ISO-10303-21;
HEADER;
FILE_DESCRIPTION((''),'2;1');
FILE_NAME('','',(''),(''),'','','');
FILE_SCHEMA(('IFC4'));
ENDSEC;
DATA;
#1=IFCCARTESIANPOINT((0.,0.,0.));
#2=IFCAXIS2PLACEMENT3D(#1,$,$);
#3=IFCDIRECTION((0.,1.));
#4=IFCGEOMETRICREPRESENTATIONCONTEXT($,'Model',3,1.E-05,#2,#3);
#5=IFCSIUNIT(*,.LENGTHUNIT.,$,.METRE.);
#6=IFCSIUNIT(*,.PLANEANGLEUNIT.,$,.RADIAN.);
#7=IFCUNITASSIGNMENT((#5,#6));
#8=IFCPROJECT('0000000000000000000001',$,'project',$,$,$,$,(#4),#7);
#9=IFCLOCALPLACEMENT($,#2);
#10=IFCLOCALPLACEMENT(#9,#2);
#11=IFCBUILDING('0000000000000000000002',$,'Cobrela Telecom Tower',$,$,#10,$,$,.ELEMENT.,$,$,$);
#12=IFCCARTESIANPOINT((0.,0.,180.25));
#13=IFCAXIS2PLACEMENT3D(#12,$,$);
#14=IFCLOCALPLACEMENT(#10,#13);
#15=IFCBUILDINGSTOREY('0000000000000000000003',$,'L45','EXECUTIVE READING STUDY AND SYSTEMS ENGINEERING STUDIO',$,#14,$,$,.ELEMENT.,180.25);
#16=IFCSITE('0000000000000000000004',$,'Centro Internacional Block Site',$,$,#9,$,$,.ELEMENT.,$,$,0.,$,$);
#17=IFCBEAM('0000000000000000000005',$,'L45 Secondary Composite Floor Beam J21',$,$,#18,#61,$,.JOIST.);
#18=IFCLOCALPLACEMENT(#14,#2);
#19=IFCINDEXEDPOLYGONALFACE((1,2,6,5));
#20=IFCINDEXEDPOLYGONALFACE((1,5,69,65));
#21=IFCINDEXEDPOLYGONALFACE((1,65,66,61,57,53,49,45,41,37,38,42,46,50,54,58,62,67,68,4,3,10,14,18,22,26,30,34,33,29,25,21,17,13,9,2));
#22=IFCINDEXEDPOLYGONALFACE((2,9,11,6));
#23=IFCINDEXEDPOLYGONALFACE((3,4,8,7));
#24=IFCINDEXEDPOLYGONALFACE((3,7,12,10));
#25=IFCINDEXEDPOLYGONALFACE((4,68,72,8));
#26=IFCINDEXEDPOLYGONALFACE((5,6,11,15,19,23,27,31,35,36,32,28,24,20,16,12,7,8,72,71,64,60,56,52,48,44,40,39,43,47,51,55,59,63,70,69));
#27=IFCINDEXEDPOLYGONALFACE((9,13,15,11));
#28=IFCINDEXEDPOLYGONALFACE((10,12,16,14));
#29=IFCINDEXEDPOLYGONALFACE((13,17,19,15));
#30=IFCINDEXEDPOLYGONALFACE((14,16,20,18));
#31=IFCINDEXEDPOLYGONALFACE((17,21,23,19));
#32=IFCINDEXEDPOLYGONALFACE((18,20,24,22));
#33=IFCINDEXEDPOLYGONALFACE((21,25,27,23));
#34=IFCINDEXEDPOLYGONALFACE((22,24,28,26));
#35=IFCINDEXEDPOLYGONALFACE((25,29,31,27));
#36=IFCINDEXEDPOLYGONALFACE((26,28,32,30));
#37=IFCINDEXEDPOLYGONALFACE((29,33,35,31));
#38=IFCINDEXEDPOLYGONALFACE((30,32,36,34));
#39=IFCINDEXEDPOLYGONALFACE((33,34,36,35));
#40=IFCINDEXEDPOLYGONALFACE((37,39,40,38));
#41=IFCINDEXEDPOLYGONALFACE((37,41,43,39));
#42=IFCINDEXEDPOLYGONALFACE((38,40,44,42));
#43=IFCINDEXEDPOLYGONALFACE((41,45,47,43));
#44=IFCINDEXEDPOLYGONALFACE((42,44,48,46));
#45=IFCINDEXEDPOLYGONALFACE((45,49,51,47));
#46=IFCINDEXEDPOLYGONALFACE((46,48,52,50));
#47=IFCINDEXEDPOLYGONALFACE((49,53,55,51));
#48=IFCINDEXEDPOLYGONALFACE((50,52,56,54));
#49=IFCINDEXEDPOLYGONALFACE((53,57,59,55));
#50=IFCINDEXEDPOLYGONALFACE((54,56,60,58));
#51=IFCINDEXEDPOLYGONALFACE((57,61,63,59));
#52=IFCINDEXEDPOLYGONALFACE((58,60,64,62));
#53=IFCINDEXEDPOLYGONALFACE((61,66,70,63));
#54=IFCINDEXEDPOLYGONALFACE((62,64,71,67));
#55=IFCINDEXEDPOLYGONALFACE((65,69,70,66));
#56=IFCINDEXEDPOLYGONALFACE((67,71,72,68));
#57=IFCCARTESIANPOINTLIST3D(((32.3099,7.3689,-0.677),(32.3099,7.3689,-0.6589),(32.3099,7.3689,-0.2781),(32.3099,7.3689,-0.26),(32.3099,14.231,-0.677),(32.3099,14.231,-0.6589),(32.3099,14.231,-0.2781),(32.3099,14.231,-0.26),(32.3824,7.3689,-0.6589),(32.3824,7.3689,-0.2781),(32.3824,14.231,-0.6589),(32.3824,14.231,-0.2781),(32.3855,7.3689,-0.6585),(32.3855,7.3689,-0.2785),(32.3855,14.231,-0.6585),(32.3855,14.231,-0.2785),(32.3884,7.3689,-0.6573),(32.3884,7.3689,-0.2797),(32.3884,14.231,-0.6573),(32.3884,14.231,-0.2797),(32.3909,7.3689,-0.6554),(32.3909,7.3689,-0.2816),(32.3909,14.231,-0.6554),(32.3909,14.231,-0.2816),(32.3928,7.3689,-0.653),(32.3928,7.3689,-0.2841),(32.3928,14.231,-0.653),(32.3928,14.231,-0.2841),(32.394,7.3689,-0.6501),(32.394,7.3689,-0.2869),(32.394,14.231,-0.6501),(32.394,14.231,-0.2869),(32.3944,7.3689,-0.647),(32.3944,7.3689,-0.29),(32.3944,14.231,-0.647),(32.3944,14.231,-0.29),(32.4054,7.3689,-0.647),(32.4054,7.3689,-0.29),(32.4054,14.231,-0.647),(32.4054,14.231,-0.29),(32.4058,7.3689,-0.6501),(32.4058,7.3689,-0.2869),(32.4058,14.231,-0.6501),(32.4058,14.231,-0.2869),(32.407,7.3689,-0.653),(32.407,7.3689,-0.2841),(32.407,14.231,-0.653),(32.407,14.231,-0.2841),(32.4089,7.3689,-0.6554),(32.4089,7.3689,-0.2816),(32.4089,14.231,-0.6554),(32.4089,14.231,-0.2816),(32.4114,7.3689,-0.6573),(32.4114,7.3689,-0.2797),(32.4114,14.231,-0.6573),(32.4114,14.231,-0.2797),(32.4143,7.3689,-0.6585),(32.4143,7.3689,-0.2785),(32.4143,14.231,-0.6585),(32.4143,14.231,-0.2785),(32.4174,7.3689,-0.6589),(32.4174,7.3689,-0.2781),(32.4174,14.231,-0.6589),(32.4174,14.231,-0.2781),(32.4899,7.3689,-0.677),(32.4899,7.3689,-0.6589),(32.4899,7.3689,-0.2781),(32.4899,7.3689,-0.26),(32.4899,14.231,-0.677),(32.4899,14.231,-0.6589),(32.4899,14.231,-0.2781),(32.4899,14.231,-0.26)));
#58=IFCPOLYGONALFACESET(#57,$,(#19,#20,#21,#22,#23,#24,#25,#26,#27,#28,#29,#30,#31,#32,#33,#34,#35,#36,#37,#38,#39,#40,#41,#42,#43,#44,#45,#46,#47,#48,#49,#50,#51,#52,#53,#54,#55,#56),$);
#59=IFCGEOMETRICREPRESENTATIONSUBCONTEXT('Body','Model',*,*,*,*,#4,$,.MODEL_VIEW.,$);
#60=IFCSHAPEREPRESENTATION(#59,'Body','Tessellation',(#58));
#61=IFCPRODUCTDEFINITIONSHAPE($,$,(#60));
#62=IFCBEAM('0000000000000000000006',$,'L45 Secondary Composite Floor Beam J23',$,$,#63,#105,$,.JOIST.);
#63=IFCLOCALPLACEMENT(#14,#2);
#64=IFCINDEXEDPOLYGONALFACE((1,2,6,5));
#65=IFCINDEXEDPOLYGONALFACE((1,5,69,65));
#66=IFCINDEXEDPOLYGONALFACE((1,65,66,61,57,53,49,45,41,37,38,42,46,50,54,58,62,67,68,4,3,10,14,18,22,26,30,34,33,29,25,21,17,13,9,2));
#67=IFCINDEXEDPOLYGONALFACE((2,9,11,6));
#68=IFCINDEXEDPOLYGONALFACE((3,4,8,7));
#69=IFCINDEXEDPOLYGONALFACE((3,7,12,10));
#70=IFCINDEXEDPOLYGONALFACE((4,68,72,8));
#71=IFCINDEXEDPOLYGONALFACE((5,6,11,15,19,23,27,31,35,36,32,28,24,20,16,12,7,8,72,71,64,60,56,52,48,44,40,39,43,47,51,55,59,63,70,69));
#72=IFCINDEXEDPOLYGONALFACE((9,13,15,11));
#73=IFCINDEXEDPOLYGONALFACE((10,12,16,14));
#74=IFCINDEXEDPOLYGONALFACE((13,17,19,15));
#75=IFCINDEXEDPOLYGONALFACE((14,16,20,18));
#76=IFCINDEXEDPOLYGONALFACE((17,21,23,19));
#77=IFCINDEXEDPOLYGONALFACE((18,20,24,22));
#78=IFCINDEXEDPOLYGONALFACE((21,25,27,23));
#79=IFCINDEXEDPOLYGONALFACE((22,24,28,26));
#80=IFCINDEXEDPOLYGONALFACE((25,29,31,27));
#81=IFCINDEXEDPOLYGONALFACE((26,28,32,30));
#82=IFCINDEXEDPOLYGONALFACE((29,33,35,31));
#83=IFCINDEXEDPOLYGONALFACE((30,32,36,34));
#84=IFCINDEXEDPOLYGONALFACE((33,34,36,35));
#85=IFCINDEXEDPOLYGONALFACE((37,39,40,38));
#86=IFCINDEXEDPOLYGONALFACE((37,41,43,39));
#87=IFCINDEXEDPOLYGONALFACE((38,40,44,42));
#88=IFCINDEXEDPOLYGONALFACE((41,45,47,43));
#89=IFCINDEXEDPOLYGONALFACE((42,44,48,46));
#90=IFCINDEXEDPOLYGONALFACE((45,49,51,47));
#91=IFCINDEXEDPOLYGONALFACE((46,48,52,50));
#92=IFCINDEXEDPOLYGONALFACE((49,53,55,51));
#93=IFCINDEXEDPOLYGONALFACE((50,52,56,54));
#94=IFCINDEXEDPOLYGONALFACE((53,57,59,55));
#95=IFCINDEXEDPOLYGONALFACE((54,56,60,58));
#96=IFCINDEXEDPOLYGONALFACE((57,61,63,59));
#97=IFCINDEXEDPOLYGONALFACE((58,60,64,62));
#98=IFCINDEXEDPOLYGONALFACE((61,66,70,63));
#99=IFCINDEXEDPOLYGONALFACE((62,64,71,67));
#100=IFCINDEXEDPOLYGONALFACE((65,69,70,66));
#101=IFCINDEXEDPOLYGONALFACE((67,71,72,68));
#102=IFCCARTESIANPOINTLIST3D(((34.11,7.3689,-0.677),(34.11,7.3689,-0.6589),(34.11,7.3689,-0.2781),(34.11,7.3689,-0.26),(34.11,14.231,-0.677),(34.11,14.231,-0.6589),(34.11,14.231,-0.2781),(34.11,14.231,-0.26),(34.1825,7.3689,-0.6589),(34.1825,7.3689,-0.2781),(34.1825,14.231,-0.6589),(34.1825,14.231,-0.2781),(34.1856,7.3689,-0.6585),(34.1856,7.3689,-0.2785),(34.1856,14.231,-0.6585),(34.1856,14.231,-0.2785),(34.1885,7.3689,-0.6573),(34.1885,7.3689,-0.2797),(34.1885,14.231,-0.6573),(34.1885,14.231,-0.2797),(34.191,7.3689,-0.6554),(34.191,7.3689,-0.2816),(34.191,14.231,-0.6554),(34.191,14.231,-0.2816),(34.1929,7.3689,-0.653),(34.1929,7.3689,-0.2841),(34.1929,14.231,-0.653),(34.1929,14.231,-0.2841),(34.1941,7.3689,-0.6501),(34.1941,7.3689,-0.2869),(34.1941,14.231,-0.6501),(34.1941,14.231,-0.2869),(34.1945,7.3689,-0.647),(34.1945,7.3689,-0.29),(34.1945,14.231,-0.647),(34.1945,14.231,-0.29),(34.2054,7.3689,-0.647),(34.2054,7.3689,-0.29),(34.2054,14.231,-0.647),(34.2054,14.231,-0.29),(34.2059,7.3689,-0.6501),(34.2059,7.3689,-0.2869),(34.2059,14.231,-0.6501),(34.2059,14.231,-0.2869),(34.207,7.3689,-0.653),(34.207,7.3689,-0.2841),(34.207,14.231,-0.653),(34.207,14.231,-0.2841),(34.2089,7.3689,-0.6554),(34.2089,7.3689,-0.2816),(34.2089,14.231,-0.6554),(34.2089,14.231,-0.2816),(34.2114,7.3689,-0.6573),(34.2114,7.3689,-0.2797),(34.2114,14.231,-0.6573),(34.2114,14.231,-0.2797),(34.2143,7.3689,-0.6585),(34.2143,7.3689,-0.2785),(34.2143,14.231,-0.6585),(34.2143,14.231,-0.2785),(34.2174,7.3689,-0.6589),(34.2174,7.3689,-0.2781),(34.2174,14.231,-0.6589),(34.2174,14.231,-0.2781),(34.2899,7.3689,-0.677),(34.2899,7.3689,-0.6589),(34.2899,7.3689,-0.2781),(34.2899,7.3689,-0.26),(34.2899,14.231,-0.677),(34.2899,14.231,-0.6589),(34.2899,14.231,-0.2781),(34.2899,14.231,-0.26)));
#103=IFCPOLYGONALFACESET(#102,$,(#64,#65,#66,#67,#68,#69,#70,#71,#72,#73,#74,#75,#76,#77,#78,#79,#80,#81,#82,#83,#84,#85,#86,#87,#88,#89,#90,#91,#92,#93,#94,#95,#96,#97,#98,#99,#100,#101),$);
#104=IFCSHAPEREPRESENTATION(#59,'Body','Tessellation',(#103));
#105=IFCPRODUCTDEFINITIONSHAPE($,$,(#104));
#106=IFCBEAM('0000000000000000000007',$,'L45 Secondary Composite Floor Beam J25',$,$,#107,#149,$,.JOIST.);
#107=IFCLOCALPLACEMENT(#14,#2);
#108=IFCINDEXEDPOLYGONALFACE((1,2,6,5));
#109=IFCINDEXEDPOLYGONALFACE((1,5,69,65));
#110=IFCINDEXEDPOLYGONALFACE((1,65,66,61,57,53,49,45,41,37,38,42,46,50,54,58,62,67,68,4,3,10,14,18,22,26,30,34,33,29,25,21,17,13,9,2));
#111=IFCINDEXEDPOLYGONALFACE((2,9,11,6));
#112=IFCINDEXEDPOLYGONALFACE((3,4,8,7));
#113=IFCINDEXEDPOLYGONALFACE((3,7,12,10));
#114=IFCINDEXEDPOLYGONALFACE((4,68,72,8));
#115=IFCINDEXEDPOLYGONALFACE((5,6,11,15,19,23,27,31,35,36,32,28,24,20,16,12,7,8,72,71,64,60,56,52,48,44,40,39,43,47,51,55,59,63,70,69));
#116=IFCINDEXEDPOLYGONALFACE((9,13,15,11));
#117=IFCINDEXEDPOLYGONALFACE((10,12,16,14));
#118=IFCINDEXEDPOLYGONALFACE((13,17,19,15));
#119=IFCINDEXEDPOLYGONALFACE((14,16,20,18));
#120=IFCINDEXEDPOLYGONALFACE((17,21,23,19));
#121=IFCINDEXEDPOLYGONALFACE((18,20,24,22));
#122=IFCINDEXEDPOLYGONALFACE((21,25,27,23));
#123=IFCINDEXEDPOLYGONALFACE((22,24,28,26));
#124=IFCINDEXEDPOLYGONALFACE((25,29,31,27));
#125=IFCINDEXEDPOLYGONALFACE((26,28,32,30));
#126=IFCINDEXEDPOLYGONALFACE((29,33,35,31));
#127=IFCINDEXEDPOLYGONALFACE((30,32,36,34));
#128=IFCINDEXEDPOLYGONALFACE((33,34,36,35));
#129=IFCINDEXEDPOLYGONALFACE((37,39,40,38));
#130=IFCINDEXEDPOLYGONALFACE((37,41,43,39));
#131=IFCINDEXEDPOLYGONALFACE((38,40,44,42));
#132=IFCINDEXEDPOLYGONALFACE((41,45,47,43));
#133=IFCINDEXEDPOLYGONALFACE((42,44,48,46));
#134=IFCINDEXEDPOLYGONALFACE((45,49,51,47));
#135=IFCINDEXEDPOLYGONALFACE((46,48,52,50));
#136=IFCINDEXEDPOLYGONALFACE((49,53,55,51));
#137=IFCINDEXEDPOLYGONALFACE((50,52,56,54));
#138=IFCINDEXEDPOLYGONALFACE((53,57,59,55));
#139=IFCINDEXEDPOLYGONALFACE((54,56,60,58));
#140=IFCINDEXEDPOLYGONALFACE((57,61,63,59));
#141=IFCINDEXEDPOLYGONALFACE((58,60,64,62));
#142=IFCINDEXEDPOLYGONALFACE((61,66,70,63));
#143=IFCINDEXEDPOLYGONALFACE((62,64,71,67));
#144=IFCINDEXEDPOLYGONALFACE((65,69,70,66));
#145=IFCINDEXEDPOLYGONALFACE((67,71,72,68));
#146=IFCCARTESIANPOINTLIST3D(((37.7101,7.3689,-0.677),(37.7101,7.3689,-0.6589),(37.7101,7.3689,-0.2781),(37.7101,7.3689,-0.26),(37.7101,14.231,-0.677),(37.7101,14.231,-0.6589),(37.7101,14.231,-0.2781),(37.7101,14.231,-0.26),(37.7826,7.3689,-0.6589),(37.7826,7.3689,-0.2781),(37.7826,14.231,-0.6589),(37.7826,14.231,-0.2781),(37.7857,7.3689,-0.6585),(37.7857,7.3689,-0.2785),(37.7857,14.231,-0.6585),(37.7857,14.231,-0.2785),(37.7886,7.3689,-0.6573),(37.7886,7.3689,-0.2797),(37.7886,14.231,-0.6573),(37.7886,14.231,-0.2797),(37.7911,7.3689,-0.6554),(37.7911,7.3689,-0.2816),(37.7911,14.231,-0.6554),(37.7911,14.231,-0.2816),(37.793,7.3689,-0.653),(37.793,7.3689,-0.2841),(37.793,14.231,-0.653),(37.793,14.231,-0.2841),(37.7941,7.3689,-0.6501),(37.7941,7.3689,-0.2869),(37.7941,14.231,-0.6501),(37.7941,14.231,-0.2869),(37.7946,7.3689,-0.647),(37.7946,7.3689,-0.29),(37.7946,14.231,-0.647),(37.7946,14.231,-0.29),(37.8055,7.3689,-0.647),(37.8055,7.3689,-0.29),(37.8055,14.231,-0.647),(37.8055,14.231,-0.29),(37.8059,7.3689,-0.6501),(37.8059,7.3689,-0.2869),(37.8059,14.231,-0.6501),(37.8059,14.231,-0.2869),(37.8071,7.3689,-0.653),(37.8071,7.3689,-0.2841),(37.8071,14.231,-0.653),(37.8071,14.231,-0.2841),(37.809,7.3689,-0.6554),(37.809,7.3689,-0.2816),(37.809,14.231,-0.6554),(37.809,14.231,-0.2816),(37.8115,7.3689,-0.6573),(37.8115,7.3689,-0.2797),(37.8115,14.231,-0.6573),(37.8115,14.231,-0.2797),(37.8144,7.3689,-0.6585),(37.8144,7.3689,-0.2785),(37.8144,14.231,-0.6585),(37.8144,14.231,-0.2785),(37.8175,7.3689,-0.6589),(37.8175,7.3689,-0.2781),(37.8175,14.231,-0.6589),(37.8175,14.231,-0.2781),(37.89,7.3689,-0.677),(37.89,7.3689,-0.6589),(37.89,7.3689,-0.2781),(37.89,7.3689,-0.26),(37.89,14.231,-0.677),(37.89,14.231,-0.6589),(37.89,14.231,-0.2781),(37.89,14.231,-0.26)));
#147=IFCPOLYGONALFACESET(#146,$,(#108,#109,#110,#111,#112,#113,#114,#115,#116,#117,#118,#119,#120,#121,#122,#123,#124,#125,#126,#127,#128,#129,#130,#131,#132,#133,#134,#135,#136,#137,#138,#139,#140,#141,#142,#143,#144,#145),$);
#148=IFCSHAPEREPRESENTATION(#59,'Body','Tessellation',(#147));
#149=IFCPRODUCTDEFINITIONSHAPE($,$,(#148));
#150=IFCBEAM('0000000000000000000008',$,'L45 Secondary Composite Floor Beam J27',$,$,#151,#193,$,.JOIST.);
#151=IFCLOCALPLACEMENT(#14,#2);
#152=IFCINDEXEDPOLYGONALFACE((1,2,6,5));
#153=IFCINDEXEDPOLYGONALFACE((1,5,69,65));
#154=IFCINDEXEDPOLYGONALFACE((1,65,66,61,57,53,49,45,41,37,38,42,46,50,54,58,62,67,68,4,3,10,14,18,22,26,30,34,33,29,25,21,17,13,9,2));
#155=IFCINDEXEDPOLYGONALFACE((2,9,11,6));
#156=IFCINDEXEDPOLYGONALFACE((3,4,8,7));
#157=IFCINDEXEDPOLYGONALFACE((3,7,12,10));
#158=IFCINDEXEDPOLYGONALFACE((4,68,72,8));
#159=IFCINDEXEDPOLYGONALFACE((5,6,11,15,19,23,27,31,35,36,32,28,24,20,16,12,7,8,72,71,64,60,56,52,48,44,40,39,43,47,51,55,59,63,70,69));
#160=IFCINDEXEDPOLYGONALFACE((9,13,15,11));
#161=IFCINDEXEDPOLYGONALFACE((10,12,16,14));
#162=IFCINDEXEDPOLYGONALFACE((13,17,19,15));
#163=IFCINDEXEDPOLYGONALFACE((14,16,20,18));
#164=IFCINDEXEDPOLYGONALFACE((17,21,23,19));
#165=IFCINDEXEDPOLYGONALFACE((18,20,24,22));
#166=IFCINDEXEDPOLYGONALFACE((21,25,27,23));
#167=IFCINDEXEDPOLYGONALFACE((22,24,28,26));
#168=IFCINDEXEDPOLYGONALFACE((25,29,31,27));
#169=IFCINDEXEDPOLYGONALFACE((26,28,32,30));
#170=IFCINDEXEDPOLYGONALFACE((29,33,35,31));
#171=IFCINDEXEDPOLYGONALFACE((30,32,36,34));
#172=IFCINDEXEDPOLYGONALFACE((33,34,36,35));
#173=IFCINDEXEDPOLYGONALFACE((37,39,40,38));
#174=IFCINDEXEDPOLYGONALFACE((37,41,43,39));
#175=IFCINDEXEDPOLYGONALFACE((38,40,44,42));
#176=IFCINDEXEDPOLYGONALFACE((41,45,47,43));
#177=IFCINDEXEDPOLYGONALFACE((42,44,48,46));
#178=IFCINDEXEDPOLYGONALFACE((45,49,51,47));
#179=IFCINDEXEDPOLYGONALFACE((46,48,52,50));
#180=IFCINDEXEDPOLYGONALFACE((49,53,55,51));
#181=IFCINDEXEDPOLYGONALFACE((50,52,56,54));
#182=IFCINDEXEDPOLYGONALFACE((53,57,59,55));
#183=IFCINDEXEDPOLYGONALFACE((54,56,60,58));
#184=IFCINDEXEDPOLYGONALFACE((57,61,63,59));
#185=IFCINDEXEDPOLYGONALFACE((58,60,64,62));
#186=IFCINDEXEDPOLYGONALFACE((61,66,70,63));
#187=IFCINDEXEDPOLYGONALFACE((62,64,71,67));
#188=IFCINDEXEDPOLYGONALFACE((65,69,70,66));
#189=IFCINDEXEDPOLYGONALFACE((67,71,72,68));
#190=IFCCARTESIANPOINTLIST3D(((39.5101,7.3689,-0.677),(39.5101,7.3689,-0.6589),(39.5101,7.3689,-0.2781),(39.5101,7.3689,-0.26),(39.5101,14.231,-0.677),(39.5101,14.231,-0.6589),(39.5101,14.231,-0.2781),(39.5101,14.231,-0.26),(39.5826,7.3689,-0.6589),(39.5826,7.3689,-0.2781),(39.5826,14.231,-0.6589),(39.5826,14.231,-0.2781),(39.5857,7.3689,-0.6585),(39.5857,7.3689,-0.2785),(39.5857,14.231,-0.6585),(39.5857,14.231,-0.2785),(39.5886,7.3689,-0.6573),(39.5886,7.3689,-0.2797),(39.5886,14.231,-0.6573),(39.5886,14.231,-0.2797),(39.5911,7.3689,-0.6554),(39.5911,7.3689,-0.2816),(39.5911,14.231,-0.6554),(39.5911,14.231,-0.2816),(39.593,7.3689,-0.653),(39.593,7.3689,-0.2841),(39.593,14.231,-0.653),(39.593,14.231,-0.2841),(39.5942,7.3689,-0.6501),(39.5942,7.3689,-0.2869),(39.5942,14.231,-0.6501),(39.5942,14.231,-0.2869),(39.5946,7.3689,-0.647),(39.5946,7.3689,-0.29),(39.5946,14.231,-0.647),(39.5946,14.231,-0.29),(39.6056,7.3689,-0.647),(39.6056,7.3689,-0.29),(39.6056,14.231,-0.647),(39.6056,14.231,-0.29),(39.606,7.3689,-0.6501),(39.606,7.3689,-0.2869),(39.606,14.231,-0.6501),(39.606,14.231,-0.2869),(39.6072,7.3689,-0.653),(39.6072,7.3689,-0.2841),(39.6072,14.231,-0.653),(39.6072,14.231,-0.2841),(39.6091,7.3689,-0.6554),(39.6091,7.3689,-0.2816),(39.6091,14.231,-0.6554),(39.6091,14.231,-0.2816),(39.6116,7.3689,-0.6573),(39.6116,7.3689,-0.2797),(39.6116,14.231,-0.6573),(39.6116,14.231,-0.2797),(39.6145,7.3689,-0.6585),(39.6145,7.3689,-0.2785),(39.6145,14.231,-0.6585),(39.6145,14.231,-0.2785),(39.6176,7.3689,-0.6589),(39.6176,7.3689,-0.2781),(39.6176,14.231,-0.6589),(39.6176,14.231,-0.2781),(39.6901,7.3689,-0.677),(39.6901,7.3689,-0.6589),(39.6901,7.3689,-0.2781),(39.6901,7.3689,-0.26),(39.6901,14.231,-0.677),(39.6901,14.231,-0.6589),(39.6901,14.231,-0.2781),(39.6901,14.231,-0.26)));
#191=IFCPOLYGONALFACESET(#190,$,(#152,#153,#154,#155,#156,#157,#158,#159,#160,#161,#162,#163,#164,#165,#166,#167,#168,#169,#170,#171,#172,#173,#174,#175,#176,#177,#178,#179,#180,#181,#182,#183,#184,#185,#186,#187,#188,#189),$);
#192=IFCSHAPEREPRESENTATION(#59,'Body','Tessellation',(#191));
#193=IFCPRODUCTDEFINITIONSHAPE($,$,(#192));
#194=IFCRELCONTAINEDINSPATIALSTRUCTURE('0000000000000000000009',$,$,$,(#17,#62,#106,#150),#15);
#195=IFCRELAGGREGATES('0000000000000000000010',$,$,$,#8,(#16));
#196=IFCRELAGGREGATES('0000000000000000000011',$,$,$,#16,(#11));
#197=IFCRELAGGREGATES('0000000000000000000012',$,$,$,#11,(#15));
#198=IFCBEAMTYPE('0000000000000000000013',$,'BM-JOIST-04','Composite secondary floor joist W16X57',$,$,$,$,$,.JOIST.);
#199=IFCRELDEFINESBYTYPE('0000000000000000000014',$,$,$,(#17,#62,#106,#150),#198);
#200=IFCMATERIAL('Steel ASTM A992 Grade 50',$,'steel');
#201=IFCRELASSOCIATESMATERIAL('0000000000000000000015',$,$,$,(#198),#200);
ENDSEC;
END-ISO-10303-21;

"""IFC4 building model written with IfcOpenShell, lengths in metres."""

from ifc_helpers import new_model, si_unit, direction, frame, origin, origin_2d, place, context, subcontext, project, spatial, i_section, extrude, material, material_profile, profile_set, type_object, element, save


model = new_model("IFC4")

# Units and contexts
model_context = context("Model", 3, precision=1e-05, world=origin(), true_north=direction((0.0, 1.0)))
body_context = subcontext(model_context, "Body", "Model", "MODEL_VIEW")
ifc_project = project(units=[si_unit("LENGTHUNIT", "METRE"), si_unit("PLANEANGLEUNIT", "RADIAN")], contexts=[model_context])

# Site, building, storey
site_placement = place(None, origin())
site = spatial("IfcSite", under=ifc_project, at=site_placement, Name="Centro Internacional Block Site", CompositionType="ELEMENT", RefElevation=0.0)
building_placement = place(site_placement, origin())
building = spatial("IfcBuilding", under=site, at=building_placement, Name="Cobrela Telecom Tower", CompositionType="ELEMENT")
storey_placement = place(building_placement, frame((0.0, 0.0, 180.25)))
storey = spatial("IfcBuildingStorey", under=building, at=storey_placement, Name="L45", Description="EXECUTIVE READING STUDY AND SYSTEMS ENGINEERING STUDIO", CompositionType="ELEMENT", Elevation=180.25)

# Shared definitions
ifc_material_1 = material(Name="Steel ASTM A992 Grade 50", Category="steel")

# Beams
ifc_material_profile_1 = material_profile(ifc_material_1, i_section(OverallWidth=0.1799, OverallDepth=0.417, WebThickness=0.011, FlangeThickness=0.0181, FilletRadius=0.012, at=origin_2d()), Name="W16X57")
ifc_profile_set_1 = profile_set([ifc_material_profile_1], Name="Steel ASTM A992 Grade 50")
beam_type_1 = type_object("IfcBeamType", Name="BM-JOIST-04", Description="Composite secondary floor joist W16X57", PredefinedType="JOIST", material=ifc_profile_set_1)
for number, where, z_axis, x_axis, name in (
    (1, (32.3999, 7.3689, -0.4685), (0.0, 1.0, 0.0), (-1.0, 0.0, 0.0), "L45 Secondary Composite Floor Beam J21"),
    (2, (34.2, 7.3689, -0.4685), (0.0, 1.0, 0.0), (-1.0, 0.0, 0.0), "L45 Secondary Composite Floor Beam J23"),
    (3, (37.8, 7.3689, -0.4685), (0.0, 1.0, 0.0), (-1.0, 0.0, 0.0), "L45 Secondary Composite Floor Beam J25"),
    (4, (39.6001, 7.3689, -0.4685), (0.0, 1.0, 0.0), (-1.0, 0.0, 0.0), "L45 Secondary Composite Floor Beam J27"),
):
    element("IfcBeam", number, at=place(storey_placement, frame(where, z_axis=z_axis, x_axis=x_axis)), inside=storey, type_object=beam_type_1, Name=name, PredefinedType="JOIST", context=body_context, shape_type="SweptSolid", body=[
        extrude(i_section(OverallWidth=0.1799, OverallDepth=0.417, WebThickness=0.011, FlangeThickness=0.0181, FilletRadius=0.012, at=origin_2d()), origin(), (0.0, 0.0, 1.0), 6.8621),
    ])

save(model, "model.ifc")
